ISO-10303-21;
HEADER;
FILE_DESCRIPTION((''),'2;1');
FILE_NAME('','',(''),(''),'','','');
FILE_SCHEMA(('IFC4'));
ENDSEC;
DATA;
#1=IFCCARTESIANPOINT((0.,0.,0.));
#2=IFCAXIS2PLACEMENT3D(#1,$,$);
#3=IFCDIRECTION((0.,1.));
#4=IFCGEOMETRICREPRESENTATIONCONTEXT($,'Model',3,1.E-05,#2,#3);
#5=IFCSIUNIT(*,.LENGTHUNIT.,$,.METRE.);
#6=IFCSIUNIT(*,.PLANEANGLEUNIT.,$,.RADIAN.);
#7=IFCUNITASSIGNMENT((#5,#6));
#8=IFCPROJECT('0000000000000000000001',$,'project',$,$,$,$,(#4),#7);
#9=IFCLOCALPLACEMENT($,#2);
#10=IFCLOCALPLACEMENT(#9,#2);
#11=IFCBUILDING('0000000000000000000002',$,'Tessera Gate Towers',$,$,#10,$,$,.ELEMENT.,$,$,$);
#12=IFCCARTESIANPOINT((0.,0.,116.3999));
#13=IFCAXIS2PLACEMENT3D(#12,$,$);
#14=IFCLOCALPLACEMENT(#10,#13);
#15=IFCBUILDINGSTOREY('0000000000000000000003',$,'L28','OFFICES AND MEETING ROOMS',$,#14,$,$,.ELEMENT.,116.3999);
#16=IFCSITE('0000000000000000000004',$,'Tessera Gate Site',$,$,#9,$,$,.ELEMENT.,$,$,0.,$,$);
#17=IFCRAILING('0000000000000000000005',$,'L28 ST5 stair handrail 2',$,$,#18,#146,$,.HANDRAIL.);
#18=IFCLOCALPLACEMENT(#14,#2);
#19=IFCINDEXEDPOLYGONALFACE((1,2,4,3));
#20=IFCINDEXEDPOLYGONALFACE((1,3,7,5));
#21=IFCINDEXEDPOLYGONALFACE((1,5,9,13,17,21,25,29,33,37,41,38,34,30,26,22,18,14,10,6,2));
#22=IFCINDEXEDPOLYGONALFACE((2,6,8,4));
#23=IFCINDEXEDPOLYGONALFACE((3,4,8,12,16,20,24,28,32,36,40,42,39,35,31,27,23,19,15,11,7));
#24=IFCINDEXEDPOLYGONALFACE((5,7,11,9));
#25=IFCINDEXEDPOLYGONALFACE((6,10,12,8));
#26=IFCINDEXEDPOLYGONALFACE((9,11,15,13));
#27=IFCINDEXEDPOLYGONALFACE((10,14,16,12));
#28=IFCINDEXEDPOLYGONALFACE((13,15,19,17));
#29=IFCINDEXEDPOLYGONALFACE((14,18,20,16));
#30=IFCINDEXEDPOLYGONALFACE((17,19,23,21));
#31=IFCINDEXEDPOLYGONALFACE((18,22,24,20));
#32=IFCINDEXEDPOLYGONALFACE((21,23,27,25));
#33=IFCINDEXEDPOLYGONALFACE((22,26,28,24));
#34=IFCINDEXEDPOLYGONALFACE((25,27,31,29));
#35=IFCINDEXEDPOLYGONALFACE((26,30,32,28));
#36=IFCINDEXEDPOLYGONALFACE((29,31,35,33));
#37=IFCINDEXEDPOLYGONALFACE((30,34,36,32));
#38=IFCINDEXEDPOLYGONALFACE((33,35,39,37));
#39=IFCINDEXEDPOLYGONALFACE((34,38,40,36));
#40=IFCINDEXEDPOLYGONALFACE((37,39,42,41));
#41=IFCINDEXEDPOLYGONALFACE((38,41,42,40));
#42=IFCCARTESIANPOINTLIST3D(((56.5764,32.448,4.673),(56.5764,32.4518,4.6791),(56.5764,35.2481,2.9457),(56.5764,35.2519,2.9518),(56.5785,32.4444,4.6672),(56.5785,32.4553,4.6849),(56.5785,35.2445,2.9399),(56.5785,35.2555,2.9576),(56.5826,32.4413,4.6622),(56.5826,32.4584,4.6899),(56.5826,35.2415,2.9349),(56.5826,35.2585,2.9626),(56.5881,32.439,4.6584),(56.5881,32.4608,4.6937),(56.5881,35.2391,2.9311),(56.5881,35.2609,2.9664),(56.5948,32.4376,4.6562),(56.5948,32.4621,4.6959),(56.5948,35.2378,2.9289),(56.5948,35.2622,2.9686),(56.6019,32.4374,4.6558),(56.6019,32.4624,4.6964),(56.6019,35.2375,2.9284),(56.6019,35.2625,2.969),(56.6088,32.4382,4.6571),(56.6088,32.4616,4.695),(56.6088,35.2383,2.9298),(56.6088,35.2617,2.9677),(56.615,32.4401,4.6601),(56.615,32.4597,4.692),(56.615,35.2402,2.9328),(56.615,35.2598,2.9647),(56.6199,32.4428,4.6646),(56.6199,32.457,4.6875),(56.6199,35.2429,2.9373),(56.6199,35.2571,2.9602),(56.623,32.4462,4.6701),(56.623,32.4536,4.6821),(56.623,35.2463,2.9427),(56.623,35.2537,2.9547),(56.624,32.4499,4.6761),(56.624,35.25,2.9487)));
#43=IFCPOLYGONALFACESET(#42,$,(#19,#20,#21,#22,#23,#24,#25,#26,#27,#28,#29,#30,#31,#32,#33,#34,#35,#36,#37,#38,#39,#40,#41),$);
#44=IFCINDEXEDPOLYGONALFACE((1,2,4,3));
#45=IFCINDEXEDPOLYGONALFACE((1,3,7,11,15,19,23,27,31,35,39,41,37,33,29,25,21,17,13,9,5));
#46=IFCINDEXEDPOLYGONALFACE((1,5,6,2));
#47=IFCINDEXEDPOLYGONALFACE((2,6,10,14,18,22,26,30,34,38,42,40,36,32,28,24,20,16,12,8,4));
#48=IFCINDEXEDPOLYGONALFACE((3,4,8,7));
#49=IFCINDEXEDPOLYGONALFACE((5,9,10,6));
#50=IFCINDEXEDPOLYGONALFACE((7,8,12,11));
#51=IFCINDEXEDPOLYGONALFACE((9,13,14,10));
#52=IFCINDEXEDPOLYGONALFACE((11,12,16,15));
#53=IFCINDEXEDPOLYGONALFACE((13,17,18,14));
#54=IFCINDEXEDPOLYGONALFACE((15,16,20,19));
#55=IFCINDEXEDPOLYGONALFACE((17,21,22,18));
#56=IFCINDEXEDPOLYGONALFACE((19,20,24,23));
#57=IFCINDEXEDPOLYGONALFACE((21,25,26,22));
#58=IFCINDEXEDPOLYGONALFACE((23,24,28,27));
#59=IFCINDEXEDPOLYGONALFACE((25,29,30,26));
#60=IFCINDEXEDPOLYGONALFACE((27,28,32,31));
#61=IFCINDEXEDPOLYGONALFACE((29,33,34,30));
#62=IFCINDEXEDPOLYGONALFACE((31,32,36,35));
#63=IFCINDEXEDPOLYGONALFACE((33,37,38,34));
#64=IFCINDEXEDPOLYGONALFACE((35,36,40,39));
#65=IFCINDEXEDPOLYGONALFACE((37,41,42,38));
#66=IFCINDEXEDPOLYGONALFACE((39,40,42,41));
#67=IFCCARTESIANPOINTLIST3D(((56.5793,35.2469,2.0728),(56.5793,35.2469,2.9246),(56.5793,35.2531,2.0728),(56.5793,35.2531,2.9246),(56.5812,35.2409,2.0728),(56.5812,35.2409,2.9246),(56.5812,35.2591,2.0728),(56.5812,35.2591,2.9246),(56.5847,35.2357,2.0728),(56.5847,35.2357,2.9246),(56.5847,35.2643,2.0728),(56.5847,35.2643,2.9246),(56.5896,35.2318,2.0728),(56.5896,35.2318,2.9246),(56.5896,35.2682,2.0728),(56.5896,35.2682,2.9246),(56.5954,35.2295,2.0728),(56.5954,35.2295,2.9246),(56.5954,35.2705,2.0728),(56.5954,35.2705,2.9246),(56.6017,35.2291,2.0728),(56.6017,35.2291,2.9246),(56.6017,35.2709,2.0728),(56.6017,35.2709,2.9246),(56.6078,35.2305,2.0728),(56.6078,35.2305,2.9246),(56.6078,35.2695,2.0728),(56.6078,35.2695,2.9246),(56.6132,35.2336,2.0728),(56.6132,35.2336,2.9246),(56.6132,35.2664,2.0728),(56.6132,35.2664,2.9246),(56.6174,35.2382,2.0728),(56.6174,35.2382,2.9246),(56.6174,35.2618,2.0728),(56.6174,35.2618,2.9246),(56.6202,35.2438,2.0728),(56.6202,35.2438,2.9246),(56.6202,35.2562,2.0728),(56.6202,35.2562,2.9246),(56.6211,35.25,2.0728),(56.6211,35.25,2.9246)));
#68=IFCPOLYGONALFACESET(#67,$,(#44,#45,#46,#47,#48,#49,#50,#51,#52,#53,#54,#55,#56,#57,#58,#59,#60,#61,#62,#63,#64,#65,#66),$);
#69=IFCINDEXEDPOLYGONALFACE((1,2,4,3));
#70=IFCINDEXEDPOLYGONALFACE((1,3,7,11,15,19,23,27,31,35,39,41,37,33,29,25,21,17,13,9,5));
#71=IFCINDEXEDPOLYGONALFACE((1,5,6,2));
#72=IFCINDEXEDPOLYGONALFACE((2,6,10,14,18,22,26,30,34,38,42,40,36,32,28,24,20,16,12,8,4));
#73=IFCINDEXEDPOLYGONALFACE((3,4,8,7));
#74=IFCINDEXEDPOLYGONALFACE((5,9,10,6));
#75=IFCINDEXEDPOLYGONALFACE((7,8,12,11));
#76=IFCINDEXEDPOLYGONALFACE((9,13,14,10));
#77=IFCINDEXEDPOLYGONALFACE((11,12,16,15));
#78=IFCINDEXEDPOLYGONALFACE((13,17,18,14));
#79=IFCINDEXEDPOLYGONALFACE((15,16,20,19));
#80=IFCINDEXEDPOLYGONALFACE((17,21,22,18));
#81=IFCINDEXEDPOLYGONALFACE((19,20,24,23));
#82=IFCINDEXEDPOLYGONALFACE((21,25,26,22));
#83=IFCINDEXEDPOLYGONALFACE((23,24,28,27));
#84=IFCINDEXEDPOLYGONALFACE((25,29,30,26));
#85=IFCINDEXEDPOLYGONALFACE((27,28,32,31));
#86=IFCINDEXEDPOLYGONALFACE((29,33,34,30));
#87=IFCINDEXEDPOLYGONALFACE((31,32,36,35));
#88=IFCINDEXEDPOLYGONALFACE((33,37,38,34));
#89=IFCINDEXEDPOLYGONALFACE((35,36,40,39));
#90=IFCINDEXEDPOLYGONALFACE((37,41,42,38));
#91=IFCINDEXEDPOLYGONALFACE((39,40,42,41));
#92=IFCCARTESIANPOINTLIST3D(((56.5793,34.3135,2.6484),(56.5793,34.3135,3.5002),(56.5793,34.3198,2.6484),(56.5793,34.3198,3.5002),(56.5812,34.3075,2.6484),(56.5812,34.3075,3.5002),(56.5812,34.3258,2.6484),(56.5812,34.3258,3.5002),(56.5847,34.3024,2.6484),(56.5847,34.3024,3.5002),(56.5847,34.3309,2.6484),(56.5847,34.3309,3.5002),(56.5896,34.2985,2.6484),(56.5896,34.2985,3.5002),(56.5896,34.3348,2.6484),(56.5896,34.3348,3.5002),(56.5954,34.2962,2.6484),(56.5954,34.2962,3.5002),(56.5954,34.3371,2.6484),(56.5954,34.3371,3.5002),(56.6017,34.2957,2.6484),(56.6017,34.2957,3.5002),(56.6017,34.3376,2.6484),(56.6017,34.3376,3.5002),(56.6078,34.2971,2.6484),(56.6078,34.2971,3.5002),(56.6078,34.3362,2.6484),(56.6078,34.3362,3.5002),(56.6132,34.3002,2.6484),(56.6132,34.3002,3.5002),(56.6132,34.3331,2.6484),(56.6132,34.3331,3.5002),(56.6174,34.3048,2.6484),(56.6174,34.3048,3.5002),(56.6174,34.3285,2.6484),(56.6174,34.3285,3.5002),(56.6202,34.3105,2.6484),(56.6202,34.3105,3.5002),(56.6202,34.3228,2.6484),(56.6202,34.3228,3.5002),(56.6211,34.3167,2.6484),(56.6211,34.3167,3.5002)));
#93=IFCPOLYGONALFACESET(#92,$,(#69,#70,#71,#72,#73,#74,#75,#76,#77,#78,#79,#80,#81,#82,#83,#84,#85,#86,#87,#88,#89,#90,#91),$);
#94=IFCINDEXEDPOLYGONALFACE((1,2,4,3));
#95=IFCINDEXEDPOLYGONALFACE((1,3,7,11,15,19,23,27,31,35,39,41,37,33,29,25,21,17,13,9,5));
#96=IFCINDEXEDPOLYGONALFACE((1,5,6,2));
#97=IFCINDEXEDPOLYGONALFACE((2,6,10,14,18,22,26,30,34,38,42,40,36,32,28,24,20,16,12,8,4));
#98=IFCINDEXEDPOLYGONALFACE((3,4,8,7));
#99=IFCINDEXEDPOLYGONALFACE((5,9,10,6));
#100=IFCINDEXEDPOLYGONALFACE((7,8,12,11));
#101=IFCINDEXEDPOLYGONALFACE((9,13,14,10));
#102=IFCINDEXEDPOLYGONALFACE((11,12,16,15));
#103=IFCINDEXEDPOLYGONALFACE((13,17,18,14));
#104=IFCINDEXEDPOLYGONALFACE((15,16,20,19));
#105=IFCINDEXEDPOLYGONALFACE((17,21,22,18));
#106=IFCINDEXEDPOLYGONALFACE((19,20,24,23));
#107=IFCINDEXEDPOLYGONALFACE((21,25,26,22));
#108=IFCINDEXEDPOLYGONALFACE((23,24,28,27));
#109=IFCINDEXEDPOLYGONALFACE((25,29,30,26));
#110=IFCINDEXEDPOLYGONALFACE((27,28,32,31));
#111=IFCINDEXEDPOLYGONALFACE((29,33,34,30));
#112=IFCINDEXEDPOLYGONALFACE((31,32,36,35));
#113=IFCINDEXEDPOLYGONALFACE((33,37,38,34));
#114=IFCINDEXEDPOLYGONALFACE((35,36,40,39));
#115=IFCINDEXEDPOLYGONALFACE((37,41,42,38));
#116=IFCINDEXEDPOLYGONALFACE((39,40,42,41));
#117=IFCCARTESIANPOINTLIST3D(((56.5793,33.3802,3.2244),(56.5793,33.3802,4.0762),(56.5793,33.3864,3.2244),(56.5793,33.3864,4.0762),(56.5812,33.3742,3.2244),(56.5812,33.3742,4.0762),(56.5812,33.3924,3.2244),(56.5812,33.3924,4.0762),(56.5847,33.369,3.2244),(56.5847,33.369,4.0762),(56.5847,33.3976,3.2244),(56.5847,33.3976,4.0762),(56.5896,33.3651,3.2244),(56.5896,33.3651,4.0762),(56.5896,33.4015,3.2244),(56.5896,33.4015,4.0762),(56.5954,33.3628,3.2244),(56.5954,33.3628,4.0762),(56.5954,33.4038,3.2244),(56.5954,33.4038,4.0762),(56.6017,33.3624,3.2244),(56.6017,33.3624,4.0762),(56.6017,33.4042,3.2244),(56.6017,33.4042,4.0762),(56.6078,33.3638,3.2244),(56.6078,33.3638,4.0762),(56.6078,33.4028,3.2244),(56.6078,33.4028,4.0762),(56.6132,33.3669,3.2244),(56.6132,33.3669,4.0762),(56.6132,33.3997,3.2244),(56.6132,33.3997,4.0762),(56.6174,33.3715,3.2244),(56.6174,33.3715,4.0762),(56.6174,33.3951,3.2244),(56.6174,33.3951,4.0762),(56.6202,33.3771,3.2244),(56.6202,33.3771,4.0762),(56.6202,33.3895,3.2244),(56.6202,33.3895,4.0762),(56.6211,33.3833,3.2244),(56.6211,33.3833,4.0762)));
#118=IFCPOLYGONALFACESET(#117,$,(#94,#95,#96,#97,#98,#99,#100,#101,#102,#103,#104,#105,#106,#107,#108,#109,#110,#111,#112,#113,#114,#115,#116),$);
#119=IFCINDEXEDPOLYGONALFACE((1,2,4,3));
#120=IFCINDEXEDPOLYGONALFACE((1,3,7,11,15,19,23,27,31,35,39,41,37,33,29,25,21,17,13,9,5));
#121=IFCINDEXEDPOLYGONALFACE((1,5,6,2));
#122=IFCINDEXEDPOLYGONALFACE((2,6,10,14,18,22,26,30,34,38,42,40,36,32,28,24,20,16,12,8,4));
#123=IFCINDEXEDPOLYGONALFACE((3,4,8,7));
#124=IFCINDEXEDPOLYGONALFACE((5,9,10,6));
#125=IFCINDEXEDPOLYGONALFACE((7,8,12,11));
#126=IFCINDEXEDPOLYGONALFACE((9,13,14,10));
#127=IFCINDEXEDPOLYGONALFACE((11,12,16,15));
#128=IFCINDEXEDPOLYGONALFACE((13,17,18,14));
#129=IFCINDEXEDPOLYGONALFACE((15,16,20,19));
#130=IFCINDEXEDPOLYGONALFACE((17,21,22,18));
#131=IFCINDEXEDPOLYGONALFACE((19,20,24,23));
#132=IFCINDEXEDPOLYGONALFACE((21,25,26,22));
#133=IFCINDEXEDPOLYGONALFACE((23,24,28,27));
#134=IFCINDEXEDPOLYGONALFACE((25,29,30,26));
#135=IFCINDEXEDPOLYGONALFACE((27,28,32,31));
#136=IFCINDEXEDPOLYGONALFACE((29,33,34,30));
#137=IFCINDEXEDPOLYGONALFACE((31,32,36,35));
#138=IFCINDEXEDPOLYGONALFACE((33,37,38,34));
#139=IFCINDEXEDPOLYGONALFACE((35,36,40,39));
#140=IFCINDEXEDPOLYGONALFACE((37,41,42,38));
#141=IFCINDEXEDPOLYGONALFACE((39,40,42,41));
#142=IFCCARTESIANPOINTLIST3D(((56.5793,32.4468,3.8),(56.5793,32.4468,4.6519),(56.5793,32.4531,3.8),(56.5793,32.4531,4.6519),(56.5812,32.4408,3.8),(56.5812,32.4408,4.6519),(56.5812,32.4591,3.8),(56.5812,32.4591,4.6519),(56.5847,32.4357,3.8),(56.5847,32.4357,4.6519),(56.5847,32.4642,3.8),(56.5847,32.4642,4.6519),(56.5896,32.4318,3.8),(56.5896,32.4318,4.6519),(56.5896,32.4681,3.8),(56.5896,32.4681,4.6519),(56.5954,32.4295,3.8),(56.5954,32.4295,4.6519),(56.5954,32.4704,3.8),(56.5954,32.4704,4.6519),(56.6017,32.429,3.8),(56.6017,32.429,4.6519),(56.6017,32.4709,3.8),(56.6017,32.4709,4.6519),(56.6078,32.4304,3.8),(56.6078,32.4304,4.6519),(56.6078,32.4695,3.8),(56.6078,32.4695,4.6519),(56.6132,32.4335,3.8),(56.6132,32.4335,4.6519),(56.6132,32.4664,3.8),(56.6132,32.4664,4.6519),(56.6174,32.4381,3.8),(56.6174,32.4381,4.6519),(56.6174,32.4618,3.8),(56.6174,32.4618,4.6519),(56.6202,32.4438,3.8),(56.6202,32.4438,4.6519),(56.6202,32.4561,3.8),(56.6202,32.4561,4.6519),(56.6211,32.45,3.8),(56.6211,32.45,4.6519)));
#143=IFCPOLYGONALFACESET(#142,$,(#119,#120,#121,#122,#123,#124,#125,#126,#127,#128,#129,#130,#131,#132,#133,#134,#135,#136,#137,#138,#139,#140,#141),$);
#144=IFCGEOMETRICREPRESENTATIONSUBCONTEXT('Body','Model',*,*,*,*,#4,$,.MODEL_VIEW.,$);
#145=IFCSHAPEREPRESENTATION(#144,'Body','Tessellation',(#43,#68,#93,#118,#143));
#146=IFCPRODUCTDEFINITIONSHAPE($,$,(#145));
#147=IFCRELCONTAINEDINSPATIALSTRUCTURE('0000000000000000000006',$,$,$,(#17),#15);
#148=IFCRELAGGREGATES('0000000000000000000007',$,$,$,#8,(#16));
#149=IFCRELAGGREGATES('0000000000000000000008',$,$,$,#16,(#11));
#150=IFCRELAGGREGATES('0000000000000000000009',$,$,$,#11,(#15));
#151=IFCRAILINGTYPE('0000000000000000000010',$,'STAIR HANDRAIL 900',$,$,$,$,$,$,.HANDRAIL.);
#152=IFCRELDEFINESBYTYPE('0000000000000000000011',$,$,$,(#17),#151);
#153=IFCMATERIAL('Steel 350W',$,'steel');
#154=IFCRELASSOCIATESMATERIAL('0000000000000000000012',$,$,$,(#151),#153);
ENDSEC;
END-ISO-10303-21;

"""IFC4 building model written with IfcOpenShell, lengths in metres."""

from ifc_helpers import new_model, si_unit, direction, frame, origin, origin_2d, place, context, subcontext, project, spatial, circle, extrude, material, type_object, element, save


model = new_model("IFC4")

# Units and contexts
model_context = context("Model", 3, precision=1e-05, world=origin(), true_north=direction((0.0, 1.0)))
body_context = subcontext(model_context, "Body", "Model", "MODEL_VIEW")
ifc_project = project(units=[si_unit("LENGTHUNIT", "METRE"), si_unit("PLANEANGLEUNIT", "RADIAN")], contexts=[model_context])

# Site, building, storey
site_placement = place(None, origin())
site = spatial("IfcSite", under=ifc_project, at=site_placement, Name="Tessera Gate Site", CompositionType="ELEMENT", RefElevation=0.0)
building_placement = place(site_placement, origin())
building = spatial("IfcBuilding", under=site, at=building_placement, Name="Tessera Gate Towers", CompositionType="ELEMENT")
storey_placement = place(building_placement, frame((0.0, 0.0, 116.3999)))
storey = spatial("IfcBuildingStorey", under=building, at=storey_placement, Name="L28", Description="OFFICES AND MEETING ROOMS", CompositionType="ELEMENT", Elevation=116.3999)

# Railing
ifc_material_1 = material(Name="Steel 350W", Category="steel")
railing_type_1 = type_object("IfcRailingType", Name="STAIR HANDRAIL 900", PredefinedType="HANDRAIL", material=ifc_material_1)
railing_1_placement = place(storey_placement, frame((56.6001, 35.25, 2.0728)))
element("IfcRailing", 1, at=railing_1_placement, inside=storey, type_object=railing_type_1, Name="L28 ST5 stair handrail 2", PredefinedType="HANDRAIL", context=body_context, shape_type="SweptSolid", body=[
    extrude(circle(Radius=0.0239, at=origin_2d()), frame((0.0, 0.0, 0.876), z_axis=(0.0, -0.85109, 0.52502), x_axis=(1.0, 0.0, 0.0)), (0.0, 0.0, 1.0), 3.29),
    extrude(circle(Radius=0.021, at=origin_2d()), origin(), (0.0, 0.0, 1.0), 0.8518),
    extrude(circle(Radius=0.021, at=origin_2d()), frame((0.0, -0.9333, 0.5757)), (0.0, 0.0, 1.0), 0.8518),
    extrude(circle(Radius=0.021, at=origin_2d()), frame((0.0, -1.8667, 1.1516)), (0.0, 0.0, 1.0), 0.8518),
    extrude(circle(Radius=0.021, at=origin_2d()), frame((0.0, -2.8, 1.7273)), (0.0, 0.0, 1.0), 0.8518),
])

save(model, "model.ifc")
